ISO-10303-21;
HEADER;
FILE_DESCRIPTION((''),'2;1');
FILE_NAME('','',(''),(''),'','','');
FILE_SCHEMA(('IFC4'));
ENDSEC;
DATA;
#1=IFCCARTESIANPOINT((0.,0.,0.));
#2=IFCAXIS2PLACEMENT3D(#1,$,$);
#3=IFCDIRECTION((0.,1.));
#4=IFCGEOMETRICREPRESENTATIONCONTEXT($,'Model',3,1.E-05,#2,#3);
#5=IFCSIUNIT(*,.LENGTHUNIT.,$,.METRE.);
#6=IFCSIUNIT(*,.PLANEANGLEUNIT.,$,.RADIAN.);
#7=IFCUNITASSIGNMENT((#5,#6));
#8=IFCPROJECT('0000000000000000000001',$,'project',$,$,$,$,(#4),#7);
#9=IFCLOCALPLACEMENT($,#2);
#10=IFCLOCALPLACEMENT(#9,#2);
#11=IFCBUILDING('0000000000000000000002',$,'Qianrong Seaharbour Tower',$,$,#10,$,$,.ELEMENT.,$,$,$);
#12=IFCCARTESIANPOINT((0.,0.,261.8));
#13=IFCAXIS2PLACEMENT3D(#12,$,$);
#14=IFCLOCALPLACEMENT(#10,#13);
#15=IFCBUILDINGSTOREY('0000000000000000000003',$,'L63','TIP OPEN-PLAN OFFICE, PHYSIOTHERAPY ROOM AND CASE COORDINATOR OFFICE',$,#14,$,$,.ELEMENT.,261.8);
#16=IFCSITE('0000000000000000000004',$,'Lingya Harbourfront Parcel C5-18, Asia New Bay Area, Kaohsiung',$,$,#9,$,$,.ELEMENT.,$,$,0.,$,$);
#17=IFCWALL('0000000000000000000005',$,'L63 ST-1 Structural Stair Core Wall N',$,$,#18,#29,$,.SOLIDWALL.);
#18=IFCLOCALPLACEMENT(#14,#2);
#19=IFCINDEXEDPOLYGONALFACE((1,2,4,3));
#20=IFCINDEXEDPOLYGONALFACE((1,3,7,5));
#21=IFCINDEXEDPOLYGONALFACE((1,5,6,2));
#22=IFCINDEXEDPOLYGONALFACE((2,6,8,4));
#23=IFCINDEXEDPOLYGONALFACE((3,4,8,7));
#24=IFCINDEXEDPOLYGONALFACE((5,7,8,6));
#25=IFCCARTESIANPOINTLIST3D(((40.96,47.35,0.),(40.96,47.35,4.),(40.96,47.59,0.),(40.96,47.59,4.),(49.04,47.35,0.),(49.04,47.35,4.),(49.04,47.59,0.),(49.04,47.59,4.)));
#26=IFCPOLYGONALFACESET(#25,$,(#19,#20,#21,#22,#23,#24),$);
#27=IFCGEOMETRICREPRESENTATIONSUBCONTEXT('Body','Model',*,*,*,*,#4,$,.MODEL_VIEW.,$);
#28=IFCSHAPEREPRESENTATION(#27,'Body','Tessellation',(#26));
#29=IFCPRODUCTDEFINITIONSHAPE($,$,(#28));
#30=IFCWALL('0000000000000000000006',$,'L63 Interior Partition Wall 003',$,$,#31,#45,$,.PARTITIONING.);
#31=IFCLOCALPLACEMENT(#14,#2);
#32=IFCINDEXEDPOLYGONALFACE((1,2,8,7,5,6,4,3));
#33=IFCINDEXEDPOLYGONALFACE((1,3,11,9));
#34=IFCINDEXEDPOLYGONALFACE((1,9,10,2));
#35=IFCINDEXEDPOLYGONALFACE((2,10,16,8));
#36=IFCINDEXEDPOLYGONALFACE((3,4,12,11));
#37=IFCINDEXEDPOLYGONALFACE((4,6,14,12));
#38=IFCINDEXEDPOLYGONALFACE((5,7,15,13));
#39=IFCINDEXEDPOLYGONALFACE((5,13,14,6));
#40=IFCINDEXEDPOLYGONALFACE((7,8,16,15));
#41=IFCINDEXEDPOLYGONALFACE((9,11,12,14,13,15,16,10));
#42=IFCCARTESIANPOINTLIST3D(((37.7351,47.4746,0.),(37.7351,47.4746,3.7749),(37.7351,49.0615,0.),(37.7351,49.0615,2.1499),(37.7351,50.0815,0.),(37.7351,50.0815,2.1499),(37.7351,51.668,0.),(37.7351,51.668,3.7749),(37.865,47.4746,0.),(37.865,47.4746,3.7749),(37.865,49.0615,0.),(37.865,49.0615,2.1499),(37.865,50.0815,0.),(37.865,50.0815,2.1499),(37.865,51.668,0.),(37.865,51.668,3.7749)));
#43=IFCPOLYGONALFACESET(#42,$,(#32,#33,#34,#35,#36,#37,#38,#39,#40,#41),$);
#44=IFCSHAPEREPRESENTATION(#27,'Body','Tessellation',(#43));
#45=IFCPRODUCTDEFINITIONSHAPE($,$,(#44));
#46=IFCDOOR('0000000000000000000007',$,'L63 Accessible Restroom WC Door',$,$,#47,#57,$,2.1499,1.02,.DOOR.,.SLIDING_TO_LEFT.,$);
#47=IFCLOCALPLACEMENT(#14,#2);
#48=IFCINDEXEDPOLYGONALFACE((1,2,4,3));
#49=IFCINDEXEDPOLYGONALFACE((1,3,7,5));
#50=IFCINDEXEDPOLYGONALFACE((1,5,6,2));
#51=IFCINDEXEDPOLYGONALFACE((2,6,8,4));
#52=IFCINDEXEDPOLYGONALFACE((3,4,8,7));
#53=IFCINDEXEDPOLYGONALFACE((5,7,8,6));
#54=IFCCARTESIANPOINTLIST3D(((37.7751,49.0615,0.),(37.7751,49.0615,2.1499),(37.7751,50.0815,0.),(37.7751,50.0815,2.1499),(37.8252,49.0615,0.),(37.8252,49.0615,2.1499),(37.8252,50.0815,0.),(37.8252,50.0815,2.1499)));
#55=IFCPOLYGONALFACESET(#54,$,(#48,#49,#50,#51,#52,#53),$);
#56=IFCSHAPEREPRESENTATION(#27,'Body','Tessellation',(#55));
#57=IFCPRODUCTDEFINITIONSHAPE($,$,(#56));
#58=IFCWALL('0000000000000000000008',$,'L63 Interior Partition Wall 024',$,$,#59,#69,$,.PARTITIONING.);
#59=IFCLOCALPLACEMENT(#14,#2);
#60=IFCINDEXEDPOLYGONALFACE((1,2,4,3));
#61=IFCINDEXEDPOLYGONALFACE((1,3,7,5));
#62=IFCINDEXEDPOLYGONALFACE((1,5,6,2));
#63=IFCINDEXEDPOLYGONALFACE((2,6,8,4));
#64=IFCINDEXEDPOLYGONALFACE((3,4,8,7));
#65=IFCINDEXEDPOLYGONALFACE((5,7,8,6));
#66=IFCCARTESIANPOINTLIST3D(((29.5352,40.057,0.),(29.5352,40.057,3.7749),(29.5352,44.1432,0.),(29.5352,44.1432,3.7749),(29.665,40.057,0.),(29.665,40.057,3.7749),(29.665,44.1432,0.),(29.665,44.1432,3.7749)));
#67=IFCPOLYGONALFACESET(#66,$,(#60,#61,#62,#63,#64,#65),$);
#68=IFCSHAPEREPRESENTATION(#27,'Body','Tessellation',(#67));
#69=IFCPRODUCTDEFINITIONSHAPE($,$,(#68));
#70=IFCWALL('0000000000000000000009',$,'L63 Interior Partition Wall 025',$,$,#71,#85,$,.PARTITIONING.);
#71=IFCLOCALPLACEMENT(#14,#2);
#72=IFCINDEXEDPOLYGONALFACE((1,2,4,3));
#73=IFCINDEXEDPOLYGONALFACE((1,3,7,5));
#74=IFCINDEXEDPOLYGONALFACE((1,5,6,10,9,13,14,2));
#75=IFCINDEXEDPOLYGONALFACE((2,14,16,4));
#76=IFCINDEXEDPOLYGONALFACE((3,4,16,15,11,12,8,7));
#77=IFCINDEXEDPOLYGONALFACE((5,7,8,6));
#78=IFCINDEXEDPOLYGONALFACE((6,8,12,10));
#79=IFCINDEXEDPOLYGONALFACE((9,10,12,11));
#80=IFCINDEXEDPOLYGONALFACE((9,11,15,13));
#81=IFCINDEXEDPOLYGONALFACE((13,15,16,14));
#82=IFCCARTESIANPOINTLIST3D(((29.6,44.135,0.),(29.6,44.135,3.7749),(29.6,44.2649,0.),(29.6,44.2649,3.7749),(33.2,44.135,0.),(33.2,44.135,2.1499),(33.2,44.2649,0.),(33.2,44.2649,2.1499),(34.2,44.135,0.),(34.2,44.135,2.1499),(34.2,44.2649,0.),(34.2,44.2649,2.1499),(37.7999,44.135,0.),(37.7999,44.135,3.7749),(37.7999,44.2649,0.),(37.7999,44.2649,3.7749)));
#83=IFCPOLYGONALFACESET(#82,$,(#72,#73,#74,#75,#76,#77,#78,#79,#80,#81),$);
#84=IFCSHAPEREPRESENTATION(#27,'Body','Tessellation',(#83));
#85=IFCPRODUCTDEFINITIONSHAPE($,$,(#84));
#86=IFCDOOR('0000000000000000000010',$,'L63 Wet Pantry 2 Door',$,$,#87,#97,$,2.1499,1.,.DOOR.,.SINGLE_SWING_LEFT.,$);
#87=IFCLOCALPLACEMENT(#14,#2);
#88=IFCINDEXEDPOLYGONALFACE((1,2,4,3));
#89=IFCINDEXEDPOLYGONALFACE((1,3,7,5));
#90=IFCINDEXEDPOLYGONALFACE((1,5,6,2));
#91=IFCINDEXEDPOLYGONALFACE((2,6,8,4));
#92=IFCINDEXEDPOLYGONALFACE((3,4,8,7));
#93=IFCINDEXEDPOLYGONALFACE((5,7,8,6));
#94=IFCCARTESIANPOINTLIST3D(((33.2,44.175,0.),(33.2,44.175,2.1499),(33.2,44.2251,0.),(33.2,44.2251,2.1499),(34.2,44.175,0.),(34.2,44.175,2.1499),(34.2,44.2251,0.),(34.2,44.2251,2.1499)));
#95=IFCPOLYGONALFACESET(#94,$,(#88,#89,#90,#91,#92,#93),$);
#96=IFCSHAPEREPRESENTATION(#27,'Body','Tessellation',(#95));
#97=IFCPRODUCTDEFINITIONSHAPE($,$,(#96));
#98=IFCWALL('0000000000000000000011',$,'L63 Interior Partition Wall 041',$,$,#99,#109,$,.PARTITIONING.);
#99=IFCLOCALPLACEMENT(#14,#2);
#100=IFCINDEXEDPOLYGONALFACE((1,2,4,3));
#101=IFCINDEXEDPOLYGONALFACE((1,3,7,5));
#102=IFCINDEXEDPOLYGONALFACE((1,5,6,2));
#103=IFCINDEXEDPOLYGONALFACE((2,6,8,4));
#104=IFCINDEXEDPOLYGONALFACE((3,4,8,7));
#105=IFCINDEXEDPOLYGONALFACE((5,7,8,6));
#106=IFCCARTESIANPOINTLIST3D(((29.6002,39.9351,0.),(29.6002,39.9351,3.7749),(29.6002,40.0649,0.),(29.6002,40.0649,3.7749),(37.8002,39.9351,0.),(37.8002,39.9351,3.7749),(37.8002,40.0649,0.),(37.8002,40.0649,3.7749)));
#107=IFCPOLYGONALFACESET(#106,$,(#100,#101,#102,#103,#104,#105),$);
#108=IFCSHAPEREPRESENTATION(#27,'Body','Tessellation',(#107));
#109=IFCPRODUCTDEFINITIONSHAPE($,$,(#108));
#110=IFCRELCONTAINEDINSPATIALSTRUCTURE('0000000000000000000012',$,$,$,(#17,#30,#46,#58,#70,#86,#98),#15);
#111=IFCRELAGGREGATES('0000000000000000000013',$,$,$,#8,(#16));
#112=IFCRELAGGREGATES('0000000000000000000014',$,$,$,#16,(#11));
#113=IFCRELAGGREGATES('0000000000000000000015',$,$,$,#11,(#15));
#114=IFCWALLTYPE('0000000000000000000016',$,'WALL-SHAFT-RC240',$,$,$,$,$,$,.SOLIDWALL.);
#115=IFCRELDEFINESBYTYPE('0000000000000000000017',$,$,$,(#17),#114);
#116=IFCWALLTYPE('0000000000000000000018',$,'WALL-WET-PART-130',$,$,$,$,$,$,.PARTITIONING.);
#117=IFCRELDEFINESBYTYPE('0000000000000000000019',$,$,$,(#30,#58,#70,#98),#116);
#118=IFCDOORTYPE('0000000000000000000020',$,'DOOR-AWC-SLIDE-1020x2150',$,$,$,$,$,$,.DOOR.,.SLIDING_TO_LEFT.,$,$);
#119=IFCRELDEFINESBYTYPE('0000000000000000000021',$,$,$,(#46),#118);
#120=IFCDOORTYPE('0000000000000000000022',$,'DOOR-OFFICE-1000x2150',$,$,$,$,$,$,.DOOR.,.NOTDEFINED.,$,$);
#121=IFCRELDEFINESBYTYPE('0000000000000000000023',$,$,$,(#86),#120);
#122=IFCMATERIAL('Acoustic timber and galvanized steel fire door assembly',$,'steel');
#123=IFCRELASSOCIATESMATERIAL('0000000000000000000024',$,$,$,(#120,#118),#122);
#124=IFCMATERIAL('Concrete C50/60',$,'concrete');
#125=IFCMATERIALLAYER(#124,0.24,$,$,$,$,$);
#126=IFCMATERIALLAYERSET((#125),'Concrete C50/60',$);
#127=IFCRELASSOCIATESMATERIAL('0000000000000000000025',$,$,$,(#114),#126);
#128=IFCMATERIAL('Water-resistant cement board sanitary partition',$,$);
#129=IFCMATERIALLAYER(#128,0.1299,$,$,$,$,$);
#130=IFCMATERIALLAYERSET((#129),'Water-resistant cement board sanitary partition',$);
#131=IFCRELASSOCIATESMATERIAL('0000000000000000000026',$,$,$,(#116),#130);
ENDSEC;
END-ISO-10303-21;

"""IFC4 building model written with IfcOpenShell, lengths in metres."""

from ifc_helpers import new_model, si_unit, direction, frame, frame_2d, origin, place, context, subcontext, project, spatial, rectangle, extrude, material, layer, layer_set, type_object, element, fill, save


model = new_model("IFC4")

# Units and contexts
model_context = context("Model", 3, precision=1e-05, world=origin(), true_north=direction((0.0, 1.0)))
body_context = subcontext(model_context, "Body", "Model", "MODEL_VIEW")
ifc_project = project(units=[si_unit("LENGTHUNIT", "METRE"), si_unit("PLANEANGLEUNIT", "RADIAN")], contexts=[model_context])

# Site, building, storey
site_placement = place(None, origin())
site = spatial("IfcSite", under=ifc_project, at=site_placement, Name="Lingya Harbourfront Parcel C5-18, Asia New Bay Area, Kaohsiung", CompositionType="ELEMENT", RefElevation=0.0)
building_placement = place(site_placement, origin())
building = spatial("IfcBuilding", under=site, at=building_placement, Name="Qianrong Seaharbour Tower", CompositionType="ELEMENT")
storey_placement = place(building_placement, frame((0.0, 0.0, 261.8)))
storey = spatial("IfcBuildingStorey", under=building, at=storey_placement, Name="L63", Description="TIP OPEN-PLAN OFFICE, PHYSIOTHERAPY ROOM AND CASE COORDINATOR OFFICE", CompositionType="ELEMENT", Elevation=261.8)

# Shared definitions
ifc_material_1 = material(Name="Acoustic timber and galvanized steel fire door assembly", Category="steel")
door_type_1 = type_object("IfcDoorType", Name="DOOR-OFFICE-1000x2150", OperationType="NOTDEFINED", PredefinedType="DOOR", material=ifc_material_1)

# Wall
ifc_material_2 = material(Name="Concrete C50/60", Category="concrete")
ifc_layer_1 = layer(ifc_material_2, 0.24)
ifc_layer_set_1 = layer_set([ifc_layer_1], Name="Concrete C50/60")
wall_type_1 = type_object("IfcWallType", Name="WALL-SHAFT-RC240", PredefinedType="SOLIDWALL", material=ifc_layer_set_1)
wall_1_placement = place(storey_placement, frame((40.96, 47.47, 0.0), z_axis=(0.0, 0.0, 1.0), x_axis=(1.0, 0.0, 0.0)))
element("IfcWall", 1, at=wall_1_placement, inside=storey, type_object=wall_type_1, Name="L63 ST-1 Structural Stair Core Wall N", PredefinedType="SOLIDWALL", context=body_context, shape_type="SweptSolid", body=[
    extrude(rectangle(XDim=8.0801, YDim=0.24, at=frame_2d((4.04, 0.0))), origin(), (0.0, 0.0, 1.0), 4.0),
])

# Wall, opening, door
ifc_material_3 = material(Name="Water-resistant cement board sanitary partition")
ifc_layer_2 = layer(ifc_material_3, 0.1299)
ifc_layer_set_2 = layer_set([ifc_layer_2], Name="Water-resistant cement board sanitary partition")
wall_type_2 = type_object("IfcWallType", Name="WALL-WET-PART-130", PredefinedType="PARTITIONING", material=ifc_layer_set_2)
wall_2_placement = place(storey_placement, frame((37.8, 47.4746, 0.0), z_axis=(0.0, 0.0, 1.0), x_axis=(0.0, 1.0, 0.0)))
wall_2 = element("IfcWall", 2, at=wall_2_placement, inside=storey, type_object=wall_type_2, Name="L63 Interior Partition Wall 003", PredefinedType="PARTITIONING", context=body_context, shape_type="SweptSolid", body=[
    extrude(rectangle(XDim=4.1934, YDim=0.1299, at=frame_2d((2.0967, 0.0))), origin(), (0.0, 0.0, 1.0), 3.7749),
])
opening_1_placement = place(wall_2_placement, frame((1.5869, 0.0, 0.0)))
opening_1 = element("IfcOpeningElement", 3, at=opening_1_placement, cuts=wall_2, PredefinedType="OPENING", context=body_context, shape_type="SweptSolid", body=[
    extrude(rectangle(XDim=1.02, YDim=2.1499, at=frame_2d((0.51, 1.075))), frame((0.0, 0.075, 0.0), z_axis=(0.0, -1.0, 0.0), x_axis=(1.0, 0.0, 0.0)), (0.0, 0.0, 1.0), 0.1499),
])
door_type_2 = type_object("IfcDoorType", Name="DOOR-AWC-SLIDE-1020x2150", OperationType="SLIDING_TO_LEFT", PredefinedType="DOOR", material=ifc_material_1)
door_1_placement = place(opening_1_placement, origin())
door_1 = element("IfcDoor", 4, at=door_1_placement, inside=storey, type_object=door_type_2, Name="L63 Accessible Restroom WC Door", OperationType="SLIDING_TO_LEFT", OverallHeight=2.1499, OverallWidth=1.02, PredefinedType="DOOR", context=body_context, shape_type="SweptSolid", body=[
    extrude(rectangle(XDim=1.02, YDim=2.1499, at=frame_2d((0.51, 1.075))), frame((0.0, 0.0249, 0.0), z_axis=(0.0, -1.0, 0.0), x_axis=(1.0, 0.0, 0.0)), (0.0, 0.0, 1.0), 0.05),
])
fill(opening_1, door_1)

# Wall
wall_3_placement = place(storey_placement, frame((29.6001, 44.1431, 0.0), z_axis=(0.0, 0.0, 1.0), x_axis=(0.0, -1.0, 0.0)))
element("IfcWall", 5, at=wall_3_placement, inside=storey, type_object=wall_type_2, Name="L63 Interior Partition Wall 024", PredefinedType="PARTITIONING", context=body_context, shape_type="SweptSolid", body=[
    extrude(rectangle(XDim=4.0862, YDim=0.1299, at=frame_2d((2.043, 0.0))), origin(), (0.0, 0.0, 1.0), 3.7749),
])

# Wall, opening, door
wall_4_placement = place(storey_placement, frame((37.8, 44.2, 0.0), z_axis=(0.0, 0.0, 1.0), x_axis=(-1.0, 0.0, 0.0)))
wall_4 = element("IfcWall", 6, at=wall_4_placement, inside=storey, type_object=wall_type_2, Name="L63 Interior Partition Wall 025", PredefinedType="PARTITIONING", context=body_context, shape_type="SweptSolid", body=[
    extrude(rectangle(XDim=8.2, YDim=0.1299, at=frame_2d((4.1001, 0.0))), origin(), (0.0, 0.0, 1.0), 3.7749),
])
opening_2_placement = place(wall_4_placement, frame((3.6001, 0.0, 0.0)))
opening_2 = element("IfcOpeningElement", 7, at=opening_2_placement, cuts=wall_4, PredefinedType="OPENING", context=body_context, shape_type="SweptSolid", body=[
    extrude(rectangle(XDim=1.0, YDim=2.1499, at=frame_2d((0.5, 1.075))), frame((0.0, 0.075, 0.0), z_axis=(0.0, -1.0, 0.0), x_axis=(1.0, 0.0, 0.0)), (0.0, 0.0, 1.0), 0.1499),
])
door_2_placement = place(opening_2_placement, origin())
door_2 = element("IfcDoor", 8, at=door_2_placement, inside=storey, type_object=door_type_1, Name="L63 Wet Pantry 2 Door", OperationType="SINGLE_SWING_LEFT", OverallHeight=2.1499, OverallWidth=1.0, PredefinedType="DOOR", context=body_context, shape_type="SweptSolid", body=[
    extrude(rectangle(XDim=1.0, YDim=2.1499, at=frame_2d((0.5, 1.075))), frame((0.0, 0.0249, 0.0), z_axis=(0.0, -1.0, 0.0), x_axis=(1.0, 0.0, 0.0)), (0.0, 0.0, 1.0), 0.05),
])
fill(opening_2, door_2)

# Wall
wall_5_placement = place(storey_placement, frame((29.6001, 40.0, 0.0), z_axis=(0.0, 0.0, 1.0), x_axis=(1.0, 0.0, 0.0)))
element("IfcWall", 9, at=wall_5_placement, inside=storey, type_object=wall_type_2, Name="L63 Interior Partition Wall 041", PredefinedType="PARTITIONING", context=body_context, shape_type="SweptSolid", body=[
    extrude(rectangle(XDim=8.2, YDim=0.1299, at=frame_2d((4.1001, 0.0))), origin(), (0.0, 0.0, 1.0), 3.7749),
])

save(model, "model.ifc")
